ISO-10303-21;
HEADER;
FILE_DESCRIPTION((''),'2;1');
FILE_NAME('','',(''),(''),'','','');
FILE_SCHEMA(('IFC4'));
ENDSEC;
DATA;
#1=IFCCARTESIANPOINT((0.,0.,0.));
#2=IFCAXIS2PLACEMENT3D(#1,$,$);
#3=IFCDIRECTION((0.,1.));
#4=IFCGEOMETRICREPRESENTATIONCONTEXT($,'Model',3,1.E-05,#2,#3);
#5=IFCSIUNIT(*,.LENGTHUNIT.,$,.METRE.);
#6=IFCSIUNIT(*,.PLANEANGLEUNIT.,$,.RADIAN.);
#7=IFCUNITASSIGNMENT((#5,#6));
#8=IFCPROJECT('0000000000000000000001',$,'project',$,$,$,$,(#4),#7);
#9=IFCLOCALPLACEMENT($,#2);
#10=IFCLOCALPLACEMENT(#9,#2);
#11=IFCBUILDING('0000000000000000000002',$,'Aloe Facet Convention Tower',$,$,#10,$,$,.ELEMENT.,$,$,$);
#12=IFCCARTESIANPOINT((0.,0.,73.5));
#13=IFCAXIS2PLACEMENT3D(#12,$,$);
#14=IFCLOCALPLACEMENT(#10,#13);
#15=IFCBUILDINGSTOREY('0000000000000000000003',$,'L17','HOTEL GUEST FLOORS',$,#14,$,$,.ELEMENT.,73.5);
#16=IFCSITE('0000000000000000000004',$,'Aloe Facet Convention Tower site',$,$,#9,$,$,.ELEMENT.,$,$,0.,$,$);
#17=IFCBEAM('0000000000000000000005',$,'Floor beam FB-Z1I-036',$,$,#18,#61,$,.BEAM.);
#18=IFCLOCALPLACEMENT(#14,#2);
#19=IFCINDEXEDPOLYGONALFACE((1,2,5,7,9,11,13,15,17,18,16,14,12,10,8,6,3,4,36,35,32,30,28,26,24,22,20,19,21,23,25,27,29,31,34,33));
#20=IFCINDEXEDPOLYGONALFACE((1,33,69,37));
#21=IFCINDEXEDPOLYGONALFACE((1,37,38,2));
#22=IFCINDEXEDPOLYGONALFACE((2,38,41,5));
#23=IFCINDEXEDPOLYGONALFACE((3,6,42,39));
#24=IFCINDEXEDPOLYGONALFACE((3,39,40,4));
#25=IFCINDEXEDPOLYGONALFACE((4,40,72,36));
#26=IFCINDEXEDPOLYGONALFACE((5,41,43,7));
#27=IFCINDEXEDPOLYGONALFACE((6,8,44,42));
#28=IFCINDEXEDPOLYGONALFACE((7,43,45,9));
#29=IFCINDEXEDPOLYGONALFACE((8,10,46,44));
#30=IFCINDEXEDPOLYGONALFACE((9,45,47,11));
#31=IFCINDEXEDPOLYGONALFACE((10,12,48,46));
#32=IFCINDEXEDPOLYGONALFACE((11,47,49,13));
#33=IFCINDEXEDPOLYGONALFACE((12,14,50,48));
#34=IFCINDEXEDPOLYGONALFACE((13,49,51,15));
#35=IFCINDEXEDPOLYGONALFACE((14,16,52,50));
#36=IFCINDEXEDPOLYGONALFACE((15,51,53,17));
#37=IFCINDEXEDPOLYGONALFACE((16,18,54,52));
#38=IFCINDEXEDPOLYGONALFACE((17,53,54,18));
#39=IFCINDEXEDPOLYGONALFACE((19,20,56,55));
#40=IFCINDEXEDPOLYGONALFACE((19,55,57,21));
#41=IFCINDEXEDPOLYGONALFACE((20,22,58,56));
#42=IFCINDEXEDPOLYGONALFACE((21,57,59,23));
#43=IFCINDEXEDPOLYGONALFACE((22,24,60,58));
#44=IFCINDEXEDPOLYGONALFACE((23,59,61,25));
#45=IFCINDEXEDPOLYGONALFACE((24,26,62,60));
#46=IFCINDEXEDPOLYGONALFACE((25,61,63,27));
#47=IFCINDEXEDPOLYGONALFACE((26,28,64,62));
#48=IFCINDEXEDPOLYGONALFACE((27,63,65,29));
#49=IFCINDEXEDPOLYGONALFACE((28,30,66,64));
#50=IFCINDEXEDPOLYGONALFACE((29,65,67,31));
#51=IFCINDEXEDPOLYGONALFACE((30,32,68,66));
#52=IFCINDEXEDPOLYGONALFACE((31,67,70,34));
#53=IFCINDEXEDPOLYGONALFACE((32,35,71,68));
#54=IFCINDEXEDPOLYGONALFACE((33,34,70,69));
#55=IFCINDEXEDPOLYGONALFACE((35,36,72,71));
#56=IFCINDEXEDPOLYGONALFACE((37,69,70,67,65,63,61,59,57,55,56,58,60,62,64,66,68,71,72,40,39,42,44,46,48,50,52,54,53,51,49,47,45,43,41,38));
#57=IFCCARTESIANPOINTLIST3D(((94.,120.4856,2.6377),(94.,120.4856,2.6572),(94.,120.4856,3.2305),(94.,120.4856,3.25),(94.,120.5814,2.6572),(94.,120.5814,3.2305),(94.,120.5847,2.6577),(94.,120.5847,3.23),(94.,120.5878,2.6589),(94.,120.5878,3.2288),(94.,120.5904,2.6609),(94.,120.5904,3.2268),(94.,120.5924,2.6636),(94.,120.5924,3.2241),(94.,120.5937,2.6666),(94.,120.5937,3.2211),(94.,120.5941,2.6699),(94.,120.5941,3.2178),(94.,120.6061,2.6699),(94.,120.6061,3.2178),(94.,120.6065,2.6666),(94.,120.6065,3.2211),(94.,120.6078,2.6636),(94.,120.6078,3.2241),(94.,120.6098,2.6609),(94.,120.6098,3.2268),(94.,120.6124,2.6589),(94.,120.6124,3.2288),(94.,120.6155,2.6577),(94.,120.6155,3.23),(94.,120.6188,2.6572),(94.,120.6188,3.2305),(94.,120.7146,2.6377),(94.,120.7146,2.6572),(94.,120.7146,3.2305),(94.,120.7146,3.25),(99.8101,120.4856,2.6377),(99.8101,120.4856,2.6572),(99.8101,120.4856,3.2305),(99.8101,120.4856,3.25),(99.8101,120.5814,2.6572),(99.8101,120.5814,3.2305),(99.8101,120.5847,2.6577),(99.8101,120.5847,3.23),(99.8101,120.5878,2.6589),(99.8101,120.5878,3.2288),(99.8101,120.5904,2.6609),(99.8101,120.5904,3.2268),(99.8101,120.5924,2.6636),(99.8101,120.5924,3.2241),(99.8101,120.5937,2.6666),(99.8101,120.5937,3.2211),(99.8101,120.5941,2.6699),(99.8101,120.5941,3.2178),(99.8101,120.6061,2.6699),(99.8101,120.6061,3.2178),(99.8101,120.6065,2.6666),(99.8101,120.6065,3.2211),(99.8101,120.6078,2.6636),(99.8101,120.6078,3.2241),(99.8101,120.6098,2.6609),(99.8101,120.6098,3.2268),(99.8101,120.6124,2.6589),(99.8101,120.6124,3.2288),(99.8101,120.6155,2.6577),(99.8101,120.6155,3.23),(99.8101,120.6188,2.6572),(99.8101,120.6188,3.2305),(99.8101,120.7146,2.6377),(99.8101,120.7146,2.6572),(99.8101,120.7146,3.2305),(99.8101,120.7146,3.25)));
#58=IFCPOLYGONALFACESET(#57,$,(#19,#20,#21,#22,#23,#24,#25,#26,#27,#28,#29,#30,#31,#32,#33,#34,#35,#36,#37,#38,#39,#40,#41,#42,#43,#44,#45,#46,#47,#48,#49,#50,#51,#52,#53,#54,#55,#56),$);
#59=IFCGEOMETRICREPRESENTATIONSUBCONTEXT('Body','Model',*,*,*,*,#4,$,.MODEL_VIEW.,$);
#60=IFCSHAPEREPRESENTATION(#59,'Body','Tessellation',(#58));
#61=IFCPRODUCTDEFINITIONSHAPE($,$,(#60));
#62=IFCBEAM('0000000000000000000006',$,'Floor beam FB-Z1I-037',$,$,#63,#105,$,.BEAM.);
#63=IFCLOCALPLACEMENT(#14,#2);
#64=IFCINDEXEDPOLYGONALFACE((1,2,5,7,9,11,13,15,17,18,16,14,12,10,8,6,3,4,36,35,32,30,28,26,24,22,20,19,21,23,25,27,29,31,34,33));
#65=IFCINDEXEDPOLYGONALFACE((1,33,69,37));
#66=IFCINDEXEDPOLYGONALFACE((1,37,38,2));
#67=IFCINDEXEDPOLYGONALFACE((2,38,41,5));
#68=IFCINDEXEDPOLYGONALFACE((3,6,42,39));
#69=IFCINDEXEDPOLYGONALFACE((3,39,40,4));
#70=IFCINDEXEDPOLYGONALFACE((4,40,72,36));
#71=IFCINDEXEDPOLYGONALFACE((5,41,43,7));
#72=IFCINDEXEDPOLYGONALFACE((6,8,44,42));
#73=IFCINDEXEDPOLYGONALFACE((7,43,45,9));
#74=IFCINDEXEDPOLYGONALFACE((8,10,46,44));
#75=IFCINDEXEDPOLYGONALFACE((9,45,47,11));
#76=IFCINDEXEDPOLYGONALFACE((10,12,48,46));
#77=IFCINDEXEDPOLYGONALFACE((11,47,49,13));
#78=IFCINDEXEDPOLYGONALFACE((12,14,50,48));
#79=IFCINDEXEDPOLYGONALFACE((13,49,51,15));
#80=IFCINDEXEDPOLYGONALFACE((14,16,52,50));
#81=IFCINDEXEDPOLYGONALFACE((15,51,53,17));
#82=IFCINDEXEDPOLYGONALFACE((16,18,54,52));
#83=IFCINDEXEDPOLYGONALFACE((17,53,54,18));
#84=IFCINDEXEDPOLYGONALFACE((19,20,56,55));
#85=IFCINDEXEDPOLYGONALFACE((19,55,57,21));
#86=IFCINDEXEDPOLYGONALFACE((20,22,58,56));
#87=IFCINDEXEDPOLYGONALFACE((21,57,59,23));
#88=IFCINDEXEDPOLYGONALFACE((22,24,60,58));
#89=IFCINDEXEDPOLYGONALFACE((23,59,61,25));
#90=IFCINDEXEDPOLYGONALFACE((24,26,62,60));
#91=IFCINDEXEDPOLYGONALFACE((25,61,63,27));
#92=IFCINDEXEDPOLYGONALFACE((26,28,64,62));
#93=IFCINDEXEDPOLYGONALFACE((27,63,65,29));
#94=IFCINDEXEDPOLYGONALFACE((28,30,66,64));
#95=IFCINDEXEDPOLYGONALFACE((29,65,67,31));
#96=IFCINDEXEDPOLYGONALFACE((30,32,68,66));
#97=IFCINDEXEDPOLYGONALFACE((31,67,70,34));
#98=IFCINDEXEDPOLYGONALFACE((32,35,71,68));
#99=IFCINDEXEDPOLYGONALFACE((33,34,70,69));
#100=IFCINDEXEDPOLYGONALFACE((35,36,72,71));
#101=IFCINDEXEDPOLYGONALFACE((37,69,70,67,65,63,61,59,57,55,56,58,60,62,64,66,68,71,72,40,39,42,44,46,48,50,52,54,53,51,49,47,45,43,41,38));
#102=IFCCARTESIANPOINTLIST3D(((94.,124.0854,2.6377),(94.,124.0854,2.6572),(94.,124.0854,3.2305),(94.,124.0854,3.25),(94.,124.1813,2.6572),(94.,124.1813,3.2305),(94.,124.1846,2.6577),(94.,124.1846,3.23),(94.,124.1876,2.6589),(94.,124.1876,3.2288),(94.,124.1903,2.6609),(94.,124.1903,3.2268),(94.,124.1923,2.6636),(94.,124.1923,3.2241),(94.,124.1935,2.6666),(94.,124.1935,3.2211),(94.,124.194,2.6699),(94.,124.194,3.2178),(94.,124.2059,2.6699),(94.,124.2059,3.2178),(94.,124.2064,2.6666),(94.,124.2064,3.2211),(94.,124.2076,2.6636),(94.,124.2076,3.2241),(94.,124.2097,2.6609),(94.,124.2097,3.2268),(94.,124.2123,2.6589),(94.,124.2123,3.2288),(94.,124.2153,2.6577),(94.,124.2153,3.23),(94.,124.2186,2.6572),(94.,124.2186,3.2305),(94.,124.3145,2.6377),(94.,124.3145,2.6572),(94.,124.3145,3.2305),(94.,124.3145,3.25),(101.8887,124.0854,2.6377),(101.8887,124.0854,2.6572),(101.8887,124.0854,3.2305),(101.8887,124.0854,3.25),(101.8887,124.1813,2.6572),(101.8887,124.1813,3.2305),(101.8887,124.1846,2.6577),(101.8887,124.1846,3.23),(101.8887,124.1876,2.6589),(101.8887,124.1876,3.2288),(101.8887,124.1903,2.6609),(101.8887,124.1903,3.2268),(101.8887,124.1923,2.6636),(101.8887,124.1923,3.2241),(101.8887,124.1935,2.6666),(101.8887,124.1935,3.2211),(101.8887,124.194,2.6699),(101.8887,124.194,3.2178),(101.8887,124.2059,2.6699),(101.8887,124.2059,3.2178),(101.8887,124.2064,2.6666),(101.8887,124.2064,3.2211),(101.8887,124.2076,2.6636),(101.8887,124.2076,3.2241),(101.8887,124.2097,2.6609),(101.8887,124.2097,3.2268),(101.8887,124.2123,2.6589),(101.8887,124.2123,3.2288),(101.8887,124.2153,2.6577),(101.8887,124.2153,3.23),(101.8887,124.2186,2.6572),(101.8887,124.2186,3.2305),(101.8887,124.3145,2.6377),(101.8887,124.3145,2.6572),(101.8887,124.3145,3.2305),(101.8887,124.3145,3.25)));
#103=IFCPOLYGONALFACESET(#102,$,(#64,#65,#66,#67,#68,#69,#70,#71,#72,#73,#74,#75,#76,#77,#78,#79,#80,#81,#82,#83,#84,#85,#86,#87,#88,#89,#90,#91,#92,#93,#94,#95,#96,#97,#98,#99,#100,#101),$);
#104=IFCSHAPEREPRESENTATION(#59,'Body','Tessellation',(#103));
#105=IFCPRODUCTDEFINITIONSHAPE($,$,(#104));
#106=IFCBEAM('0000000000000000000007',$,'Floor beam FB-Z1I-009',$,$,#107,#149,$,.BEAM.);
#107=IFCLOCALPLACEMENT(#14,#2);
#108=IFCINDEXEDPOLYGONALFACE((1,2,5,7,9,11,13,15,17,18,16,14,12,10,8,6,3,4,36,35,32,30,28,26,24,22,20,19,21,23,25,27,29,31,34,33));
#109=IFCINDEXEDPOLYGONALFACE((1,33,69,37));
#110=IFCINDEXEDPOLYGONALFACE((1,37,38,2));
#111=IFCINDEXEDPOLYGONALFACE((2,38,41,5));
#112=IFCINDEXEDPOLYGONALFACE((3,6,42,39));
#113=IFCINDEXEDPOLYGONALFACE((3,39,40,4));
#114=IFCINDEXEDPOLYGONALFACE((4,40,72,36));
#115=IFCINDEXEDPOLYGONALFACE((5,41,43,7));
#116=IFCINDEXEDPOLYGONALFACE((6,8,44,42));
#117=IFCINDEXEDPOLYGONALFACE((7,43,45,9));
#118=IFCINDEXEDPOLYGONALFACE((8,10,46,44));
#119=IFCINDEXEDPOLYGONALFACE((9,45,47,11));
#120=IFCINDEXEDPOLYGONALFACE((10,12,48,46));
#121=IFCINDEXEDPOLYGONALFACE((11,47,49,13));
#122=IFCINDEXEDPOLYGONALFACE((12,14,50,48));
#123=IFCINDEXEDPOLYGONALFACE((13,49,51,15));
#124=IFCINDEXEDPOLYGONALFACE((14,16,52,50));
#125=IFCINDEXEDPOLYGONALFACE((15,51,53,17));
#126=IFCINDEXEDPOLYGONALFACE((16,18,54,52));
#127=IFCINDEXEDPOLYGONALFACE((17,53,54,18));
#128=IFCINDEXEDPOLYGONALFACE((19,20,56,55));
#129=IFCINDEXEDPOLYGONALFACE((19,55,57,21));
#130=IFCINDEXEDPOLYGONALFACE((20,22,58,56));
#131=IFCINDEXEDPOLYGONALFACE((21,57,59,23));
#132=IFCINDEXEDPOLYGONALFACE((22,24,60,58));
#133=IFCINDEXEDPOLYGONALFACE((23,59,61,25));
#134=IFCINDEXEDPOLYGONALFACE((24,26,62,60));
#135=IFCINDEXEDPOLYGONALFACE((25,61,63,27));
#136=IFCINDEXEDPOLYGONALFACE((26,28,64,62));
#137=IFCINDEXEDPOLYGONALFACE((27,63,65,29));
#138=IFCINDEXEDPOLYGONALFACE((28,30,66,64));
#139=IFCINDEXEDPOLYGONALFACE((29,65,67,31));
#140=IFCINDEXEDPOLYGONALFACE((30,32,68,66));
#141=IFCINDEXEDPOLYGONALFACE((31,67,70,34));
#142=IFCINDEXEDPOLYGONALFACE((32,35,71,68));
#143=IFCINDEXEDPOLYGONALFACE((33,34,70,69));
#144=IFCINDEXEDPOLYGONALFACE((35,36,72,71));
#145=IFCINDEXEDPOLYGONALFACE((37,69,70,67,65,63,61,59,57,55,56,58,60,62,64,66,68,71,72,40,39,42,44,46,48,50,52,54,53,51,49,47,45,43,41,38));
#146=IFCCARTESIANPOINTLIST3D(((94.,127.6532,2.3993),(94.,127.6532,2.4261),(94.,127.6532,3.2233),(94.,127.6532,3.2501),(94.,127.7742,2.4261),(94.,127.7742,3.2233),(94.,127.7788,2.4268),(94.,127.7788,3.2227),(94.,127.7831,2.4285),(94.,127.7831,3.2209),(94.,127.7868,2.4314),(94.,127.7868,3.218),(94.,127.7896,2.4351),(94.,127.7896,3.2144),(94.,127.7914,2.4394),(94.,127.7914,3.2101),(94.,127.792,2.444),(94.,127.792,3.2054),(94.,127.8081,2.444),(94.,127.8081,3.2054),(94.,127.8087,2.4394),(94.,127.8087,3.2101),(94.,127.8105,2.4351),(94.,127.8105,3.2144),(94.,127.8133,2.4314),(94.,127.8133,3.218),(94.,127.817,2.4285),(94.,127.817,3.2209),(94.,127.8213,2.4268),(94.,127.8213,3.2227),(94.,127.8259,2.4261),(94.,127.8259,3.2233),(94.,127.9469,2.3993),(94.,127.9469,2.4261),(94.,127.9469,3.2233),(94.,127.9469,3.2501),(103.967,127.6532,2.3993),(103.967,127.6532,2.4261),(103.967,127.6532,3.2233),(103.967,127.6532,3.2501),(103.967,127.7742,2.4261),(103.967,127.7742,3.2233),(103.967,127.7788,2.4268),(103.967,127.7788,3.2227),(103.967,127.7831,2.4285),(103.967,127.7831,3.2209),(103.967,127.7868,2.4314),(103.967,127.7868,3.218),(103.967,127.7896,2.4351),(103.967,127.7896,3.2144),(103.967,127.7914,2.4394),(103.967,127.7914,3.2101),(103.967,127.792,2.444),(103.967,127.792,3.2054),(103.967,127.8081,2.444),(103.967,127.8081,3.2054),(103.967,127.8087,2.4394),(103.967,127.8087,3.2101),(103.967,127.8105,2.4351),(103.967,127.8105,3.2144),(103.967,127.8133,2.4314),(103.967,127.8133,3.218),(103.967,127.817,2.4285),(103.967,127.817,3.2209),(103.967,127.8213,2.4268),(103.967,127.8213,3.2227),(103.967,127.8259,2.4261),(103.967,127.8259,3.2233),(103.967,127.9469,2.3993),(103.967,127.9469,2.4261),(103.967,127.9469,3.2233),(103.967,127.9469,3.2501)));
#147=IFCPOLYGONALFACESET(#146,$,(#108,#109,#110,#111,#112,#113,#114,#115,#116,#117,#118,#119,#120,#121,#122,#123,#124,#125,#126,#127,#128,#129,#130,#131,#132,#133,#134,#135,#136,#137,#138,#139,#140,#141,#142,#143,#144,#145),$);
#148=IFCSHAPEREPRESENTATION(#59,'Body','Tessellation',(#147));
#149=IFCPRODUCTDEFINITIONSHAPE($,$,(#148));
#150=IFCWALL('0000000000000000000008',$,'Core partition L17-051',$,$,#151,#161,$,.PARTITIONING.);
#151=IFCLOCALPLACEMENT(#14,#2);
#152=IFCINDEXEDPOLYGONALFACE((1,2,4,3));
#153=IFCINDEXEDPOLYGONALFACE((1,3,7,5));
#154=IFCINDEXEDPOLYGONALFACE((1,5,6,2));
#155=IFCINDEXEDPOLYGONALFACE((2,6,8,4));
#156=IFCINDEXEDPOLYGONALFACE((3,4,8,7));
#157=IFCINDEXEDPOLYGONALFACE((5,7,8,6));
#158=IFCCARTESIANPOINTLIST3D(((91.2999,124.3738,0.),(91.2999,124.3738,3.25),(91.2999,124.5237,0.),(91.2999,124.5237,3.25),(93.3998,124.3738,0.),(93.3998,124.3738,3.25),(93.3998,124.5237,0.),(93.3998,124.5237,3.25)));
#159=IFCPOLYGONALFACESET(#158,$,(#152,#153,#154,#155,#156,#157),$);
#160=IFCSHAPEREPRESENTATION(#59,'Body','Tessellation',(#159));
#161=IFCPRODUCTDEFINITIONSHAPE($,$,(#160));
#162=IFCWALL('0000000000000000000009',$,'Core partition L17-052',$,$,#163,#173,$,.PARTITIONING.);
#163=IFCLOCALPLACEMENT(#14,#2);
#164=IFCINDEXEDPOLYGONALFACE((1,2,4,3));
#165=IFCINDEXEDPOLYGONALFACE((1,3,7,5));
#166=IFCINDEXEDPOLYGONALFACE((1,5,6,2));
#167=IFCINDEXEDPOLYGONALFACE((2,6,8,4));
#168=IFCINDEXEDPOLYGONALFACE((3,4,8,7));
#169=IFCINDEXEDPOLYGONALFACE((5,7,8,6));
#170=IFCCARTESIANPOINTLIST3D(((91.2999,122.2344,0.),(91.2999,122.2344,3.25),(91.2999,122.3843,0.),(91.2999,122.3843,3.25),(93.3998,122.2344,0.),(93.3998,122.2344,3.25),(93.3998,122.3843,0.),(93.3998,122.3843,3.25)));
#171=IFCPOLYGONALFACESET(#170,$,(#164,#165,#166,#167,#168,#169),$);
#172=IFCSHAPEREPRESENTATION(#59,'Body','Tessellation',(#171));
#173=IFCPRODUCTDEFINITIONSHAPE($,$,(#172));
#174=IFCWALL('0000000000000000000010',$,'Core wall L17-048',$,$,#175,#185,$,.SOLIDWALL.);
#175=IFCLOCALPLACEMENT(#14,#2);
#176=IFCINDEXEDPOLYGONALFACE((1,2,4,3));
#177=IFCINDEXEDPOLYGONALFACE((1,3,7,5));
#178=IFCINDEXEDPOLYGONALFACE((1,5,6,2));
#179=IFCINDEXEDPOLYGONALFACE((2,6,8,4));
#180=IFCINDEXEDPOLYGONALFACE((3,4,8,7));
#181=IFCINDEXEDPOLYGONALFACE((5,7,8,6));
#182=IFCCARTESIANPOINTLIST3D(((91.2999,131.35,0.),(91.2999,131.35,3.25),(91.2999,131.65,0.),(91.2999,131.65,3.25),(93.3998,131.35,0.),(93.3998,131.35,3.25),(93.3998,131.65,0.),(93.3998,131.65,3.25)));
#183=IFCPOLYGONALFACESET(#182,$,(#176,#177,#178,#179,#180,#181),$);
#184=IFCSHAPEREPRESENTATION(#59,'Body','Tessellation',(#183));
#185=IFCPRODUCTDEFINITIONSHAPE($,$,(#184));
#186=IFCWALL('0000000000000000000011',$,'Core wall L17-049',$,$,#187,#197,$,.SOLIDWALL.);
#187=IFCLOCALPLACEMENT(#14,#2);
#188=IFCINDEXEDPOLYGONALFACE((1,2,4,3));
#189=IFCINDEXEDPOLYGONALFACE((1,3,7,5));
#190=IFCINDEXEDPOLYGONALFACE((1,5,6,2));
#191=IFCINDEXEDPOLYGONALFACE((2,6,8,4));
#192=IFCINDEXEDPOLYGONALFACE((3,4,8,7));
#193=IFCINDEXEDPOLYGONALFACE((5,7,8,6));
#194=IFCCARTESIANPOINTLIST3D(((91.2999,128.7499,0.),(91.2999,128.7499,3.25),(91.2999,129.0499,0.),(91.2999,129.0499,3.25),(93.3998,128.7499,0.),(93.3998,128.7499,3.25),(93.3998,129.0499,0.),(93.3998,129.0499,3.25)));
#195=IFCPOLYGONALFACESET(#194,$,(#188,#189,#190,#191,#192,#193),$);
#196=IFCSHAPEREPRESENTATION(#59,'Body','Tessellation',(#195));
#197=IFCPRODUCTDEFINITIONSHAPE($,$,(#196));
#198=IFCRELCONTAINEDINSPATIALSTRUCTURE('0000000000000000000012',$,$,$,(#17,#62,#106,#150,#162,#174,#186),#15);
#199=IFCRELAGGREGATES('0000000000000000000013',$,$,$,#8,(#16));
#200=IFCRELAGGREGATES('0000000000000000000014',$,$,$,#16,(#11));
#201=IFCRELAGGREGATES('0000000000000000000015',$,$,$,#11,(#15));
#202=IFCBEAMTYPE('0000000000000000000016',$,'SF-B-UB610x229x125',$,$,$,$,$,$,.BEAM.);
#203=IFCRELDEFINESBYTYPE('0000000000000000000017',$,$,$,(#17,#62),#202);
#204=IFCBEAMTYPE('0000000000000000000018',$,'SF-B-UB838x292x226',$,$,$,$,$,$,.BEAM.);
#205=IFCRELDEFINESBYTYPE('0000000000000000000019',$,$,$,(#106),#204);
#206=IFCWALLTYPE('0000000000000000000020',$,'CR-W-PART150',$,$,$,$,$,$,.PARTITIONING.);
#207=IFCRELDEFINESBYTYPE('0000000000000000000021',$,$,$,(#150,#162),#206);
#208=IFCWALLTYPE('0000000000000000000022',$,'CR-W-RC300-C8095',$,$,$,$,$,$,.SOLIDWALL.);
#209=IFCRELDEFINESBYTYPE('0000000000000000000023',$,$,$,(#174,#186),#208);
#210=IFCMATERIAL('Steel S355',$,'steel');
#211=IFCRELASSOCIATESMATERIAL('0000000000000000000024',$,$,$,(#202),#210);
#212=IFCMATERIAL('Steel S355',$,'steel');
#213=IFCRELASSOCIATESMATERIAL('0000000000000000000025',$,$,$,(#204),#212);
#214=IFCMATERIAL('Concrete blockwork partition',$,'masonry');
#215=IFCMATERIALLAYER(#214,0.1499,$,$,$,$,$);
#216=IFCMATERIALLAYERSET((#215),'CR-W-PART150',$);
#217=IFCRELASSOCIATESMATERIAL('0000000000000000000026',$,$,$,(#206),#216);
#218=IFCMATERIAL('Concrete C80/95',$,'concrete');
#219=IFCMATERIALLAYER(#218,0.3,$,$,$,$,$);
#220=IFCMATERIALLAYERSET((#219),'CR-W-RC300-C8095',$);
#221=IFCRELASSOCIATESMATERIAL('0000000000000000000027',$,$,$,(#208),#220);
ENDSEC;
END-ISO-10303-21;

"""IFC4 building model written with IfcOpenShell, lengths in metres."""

from ifc_helpers import new_model, si_unit, direction, frame, frame_2d, origin, origin_2d, place, context, subcontext, project, spatial, rectangle, i_section, extrude, material, layer, layer_set, material_profile, profile_set, type_object, element, save


model = new_model("IFC4")

# Units and contexts
model_context = context("Model", 3, precision=1e-05, world=origin(), true_north=direction((0.0, 1.0)))
body_context = subcontext(model_context, "Body", "Model", "MODEL_VIEW")
ifc_project = project(units=[si_unit("LENGTHUNIT", "METRE"), si_unit("PLANEANGLEUNIT", "RADIAN")], contexts=[model_context])

# Site, building, storey
site_placement = place(None, origin())
site = spatial("IfcSite", under=ifc_project, at=site_placement, Name="Aloe Facet Convention Tower site", CompositionType="ELEMENT", RefElevation=0.0)
building_placement = place(site_placement, origin())
building = spatial("IfcBuilding", under=site, at=building_placement, Name="Aloe Facet Convention Tower", CompositionType="ELEMENT")
storey_placement = place(building_placement, frame((0.0, 0.0, 73.5)))
storey = spatial("IfcBuildingStorey", under=building, at=storey_placement, Name="L17", Description="HOTEL GUEST FLOORS", CompositionType="ELEMENT", Elevation=73.5)

# Beams
ifc_material_1 = material(Name="Steel S355", Category="steel")
ifc_material_profile_1 = material_profile(ifc_material_1, i_section(OverallWidth=0.229, OverallDepth=0.6123, WebThickness=0.012, FlangeThickness=0.0195, FilletRadius=0.0127, at=origin_2d()), Name="UB 610x229x125")
ifc_profile_set_1 = profile_set([ifc_material_profile_1], Name="Steel S355")
beam_type_1 = type_object("IfcBeamType", Name="SF-B-UB610x229x125", PredefinedType="BEAM", material=ifc_profile_set_1)
beam_1_placement = place(storey_placement, frame((94.0, 120.6001, 2.9438), z_axis=(1.0, 0.0, 0.0), x_axis=(0.0, 1.0, 0.0)))
element("IfcBeam", 1, at=beam_1_placement, inside=storey, type_object=beam_type_1, Name="Floor beam FB-Z1I-036", PredefinedType="BEAM", context=body_context, shape_type="SweptSolid", body=[
    extrude(i_section(OverallWidth=0.229, OverallDepth=0.6123, WebThickness=0.012, FlangeThickness=0.0195, FilletRadius=0.0127, at=origin_2d()), origin(), (0.0, 0.0, 1.0), 5.8101),
])
beam_2_placement = place(storey_placement, frame((94.0, 124.2, 2.9438), z_axis=(1.0, 0.0, 0.0), x_axis=(0.0, 1.0, 0.0)))
element("IfcBeam", 2, at=beam_2_placement, inside=storey, type_object=beam_type_1, Name="Floor beam FB-Z1I-037", PredefinedType="BEAM", context=body_context, shape_type="SweptSolid", body=[
    extrude(i_section(OverallWidth=0.229, OverallDepth=0.6123, WebThickness=0.012, FlangeThickness=0.0195, FilletRadius=0.0127, at=origin_2d()), origin(), (0.0, 0.0, 1.0), 7.8887),
])
ifc_material_2 = material(Name="Steel S355", Category="steel")
ifc_material_profile_2 = material_profile(ifc_material_2, i_section(OverallWidth=0.2937, OverallDepth=0.8508, WebThickness=0.0161, FlangeThickness=0.0269, FilletRadius=0.0178, at=origin_2d()), Name="UB 838x292x226")
ifc_profile_set_2 = profile_set([ifc_material_profile_2], Name="Steel S355")
beam_type_2 = type_object("IfcBeamType", Name="SF-B-UB838x292x226", PredefinedType="BEAM", material=ifc_profile_set_2)
beam_3_placement = place(storey_placement, frame((94.0, 127.8, 2.8247), z_axis=(1.0, 0.0, 0.0), x_axis=(0.0, 1.0, 0.0)))
element("IfcBeam", 3, at=beam_3_placement, inside=storey, type_object=beam_type_2, Name="Floor beam FB-Z1I-009", PredefinedType="BEAM", context=body_context, shape_type="SweptSolid", body=[
    extrude(i_section(OverallWidth=0.2937, OverallDepth=0.8508, WebThickness=0.0161, FlangeThickness=0.0269, FilletRadius=0.0178, at=origin_2d()), origin(), (0.0, 0.0, 1.0), 9.967),
])

# Walls
ifc_material_3 = material(Name="Concrete blockwork partition", Category="masonry")
ifc_layer_1 = layer(ifc_material_3, 0.1499)
ifc_layer_set_1 = layer_set([ifc_layer_1], Name="CR-W-PART150")
wall_type_1 = type_object("IfcWallType", Name="CR-W-PART150", PredefinedType="PARTITIONING", material=ifc_layer_set_1)
for number, where, z_axis, x_axis, name in (
    (4, (91.3, 124.4487, 0.0), (0.0, 0.0, 1.0), (1.0, 0.0, 0.0), "Core partition L17-051"),
    (5, (91.3, 122.3093, 0.0), (0.0, 0.0, 1.0), (1.0, 0.0, 0.0), "Core partition L17-052"),
):
    element("IfcWall", number, at=place(storey_placement, frame(where, z_axis=z_axis, x_axis=x_axis)), inside=storey, type_object=wall_type_1, Name=name, PredefinedType="PARTITIONING", context=body_context, shape_type="SweptSolid", body=[
        extrude(rectangle(XDim=2.0999, YDim=0.1499, at=frame_2d((1.0498, 0.0))), origin(), (0.0, 0.0, 1.0), 3.25),
    ])
ifc_material_4 = material(Name="Concrete C80/95", Category="concrete")
ifc_layer_2 = layer(ifc_material_4, 0.3)
ifc_layer_set_2 = layer_set([ifc_layer_2], Name="CR-W-RC300-C8095")
wall_type_2 = type_object("IfcWallType", Name="CR-W-RC300-C8095", PredefinedType="SOLIDWALL", material=ifc_layer_set_2)
for number, where, z_axis, x_axis, name in (
    (6, (91.3, 131.5, 0.0), (0.0, 0.0, 1.0), (1.0, 0.0, 0.0), "Core wall L17-048"),
    (7, (91.3, 128.8999, 0.0), (0.0, 0.0, 1.0), (1.0, 0.0, 0.0), "Core wall L17-049"),
):
    element("IfcWall", number, at=place(storey_placement, frame(where, z_axis=z_axis, x_axis=x_axis)), inside=storey, type_object=wall_type_2, Name=name, PredefinedType="SOLIDWALL", context=body_context, shape_type="SweptSolid", body=[
        extrude(rectangle(XDim=2.0999, YDim=0.3, at=frame_2d((1.0498, 0.0))), origin(), (0.0, 0.0, 1.0), 3.25),
    ])

save(model, "model.ifc")
